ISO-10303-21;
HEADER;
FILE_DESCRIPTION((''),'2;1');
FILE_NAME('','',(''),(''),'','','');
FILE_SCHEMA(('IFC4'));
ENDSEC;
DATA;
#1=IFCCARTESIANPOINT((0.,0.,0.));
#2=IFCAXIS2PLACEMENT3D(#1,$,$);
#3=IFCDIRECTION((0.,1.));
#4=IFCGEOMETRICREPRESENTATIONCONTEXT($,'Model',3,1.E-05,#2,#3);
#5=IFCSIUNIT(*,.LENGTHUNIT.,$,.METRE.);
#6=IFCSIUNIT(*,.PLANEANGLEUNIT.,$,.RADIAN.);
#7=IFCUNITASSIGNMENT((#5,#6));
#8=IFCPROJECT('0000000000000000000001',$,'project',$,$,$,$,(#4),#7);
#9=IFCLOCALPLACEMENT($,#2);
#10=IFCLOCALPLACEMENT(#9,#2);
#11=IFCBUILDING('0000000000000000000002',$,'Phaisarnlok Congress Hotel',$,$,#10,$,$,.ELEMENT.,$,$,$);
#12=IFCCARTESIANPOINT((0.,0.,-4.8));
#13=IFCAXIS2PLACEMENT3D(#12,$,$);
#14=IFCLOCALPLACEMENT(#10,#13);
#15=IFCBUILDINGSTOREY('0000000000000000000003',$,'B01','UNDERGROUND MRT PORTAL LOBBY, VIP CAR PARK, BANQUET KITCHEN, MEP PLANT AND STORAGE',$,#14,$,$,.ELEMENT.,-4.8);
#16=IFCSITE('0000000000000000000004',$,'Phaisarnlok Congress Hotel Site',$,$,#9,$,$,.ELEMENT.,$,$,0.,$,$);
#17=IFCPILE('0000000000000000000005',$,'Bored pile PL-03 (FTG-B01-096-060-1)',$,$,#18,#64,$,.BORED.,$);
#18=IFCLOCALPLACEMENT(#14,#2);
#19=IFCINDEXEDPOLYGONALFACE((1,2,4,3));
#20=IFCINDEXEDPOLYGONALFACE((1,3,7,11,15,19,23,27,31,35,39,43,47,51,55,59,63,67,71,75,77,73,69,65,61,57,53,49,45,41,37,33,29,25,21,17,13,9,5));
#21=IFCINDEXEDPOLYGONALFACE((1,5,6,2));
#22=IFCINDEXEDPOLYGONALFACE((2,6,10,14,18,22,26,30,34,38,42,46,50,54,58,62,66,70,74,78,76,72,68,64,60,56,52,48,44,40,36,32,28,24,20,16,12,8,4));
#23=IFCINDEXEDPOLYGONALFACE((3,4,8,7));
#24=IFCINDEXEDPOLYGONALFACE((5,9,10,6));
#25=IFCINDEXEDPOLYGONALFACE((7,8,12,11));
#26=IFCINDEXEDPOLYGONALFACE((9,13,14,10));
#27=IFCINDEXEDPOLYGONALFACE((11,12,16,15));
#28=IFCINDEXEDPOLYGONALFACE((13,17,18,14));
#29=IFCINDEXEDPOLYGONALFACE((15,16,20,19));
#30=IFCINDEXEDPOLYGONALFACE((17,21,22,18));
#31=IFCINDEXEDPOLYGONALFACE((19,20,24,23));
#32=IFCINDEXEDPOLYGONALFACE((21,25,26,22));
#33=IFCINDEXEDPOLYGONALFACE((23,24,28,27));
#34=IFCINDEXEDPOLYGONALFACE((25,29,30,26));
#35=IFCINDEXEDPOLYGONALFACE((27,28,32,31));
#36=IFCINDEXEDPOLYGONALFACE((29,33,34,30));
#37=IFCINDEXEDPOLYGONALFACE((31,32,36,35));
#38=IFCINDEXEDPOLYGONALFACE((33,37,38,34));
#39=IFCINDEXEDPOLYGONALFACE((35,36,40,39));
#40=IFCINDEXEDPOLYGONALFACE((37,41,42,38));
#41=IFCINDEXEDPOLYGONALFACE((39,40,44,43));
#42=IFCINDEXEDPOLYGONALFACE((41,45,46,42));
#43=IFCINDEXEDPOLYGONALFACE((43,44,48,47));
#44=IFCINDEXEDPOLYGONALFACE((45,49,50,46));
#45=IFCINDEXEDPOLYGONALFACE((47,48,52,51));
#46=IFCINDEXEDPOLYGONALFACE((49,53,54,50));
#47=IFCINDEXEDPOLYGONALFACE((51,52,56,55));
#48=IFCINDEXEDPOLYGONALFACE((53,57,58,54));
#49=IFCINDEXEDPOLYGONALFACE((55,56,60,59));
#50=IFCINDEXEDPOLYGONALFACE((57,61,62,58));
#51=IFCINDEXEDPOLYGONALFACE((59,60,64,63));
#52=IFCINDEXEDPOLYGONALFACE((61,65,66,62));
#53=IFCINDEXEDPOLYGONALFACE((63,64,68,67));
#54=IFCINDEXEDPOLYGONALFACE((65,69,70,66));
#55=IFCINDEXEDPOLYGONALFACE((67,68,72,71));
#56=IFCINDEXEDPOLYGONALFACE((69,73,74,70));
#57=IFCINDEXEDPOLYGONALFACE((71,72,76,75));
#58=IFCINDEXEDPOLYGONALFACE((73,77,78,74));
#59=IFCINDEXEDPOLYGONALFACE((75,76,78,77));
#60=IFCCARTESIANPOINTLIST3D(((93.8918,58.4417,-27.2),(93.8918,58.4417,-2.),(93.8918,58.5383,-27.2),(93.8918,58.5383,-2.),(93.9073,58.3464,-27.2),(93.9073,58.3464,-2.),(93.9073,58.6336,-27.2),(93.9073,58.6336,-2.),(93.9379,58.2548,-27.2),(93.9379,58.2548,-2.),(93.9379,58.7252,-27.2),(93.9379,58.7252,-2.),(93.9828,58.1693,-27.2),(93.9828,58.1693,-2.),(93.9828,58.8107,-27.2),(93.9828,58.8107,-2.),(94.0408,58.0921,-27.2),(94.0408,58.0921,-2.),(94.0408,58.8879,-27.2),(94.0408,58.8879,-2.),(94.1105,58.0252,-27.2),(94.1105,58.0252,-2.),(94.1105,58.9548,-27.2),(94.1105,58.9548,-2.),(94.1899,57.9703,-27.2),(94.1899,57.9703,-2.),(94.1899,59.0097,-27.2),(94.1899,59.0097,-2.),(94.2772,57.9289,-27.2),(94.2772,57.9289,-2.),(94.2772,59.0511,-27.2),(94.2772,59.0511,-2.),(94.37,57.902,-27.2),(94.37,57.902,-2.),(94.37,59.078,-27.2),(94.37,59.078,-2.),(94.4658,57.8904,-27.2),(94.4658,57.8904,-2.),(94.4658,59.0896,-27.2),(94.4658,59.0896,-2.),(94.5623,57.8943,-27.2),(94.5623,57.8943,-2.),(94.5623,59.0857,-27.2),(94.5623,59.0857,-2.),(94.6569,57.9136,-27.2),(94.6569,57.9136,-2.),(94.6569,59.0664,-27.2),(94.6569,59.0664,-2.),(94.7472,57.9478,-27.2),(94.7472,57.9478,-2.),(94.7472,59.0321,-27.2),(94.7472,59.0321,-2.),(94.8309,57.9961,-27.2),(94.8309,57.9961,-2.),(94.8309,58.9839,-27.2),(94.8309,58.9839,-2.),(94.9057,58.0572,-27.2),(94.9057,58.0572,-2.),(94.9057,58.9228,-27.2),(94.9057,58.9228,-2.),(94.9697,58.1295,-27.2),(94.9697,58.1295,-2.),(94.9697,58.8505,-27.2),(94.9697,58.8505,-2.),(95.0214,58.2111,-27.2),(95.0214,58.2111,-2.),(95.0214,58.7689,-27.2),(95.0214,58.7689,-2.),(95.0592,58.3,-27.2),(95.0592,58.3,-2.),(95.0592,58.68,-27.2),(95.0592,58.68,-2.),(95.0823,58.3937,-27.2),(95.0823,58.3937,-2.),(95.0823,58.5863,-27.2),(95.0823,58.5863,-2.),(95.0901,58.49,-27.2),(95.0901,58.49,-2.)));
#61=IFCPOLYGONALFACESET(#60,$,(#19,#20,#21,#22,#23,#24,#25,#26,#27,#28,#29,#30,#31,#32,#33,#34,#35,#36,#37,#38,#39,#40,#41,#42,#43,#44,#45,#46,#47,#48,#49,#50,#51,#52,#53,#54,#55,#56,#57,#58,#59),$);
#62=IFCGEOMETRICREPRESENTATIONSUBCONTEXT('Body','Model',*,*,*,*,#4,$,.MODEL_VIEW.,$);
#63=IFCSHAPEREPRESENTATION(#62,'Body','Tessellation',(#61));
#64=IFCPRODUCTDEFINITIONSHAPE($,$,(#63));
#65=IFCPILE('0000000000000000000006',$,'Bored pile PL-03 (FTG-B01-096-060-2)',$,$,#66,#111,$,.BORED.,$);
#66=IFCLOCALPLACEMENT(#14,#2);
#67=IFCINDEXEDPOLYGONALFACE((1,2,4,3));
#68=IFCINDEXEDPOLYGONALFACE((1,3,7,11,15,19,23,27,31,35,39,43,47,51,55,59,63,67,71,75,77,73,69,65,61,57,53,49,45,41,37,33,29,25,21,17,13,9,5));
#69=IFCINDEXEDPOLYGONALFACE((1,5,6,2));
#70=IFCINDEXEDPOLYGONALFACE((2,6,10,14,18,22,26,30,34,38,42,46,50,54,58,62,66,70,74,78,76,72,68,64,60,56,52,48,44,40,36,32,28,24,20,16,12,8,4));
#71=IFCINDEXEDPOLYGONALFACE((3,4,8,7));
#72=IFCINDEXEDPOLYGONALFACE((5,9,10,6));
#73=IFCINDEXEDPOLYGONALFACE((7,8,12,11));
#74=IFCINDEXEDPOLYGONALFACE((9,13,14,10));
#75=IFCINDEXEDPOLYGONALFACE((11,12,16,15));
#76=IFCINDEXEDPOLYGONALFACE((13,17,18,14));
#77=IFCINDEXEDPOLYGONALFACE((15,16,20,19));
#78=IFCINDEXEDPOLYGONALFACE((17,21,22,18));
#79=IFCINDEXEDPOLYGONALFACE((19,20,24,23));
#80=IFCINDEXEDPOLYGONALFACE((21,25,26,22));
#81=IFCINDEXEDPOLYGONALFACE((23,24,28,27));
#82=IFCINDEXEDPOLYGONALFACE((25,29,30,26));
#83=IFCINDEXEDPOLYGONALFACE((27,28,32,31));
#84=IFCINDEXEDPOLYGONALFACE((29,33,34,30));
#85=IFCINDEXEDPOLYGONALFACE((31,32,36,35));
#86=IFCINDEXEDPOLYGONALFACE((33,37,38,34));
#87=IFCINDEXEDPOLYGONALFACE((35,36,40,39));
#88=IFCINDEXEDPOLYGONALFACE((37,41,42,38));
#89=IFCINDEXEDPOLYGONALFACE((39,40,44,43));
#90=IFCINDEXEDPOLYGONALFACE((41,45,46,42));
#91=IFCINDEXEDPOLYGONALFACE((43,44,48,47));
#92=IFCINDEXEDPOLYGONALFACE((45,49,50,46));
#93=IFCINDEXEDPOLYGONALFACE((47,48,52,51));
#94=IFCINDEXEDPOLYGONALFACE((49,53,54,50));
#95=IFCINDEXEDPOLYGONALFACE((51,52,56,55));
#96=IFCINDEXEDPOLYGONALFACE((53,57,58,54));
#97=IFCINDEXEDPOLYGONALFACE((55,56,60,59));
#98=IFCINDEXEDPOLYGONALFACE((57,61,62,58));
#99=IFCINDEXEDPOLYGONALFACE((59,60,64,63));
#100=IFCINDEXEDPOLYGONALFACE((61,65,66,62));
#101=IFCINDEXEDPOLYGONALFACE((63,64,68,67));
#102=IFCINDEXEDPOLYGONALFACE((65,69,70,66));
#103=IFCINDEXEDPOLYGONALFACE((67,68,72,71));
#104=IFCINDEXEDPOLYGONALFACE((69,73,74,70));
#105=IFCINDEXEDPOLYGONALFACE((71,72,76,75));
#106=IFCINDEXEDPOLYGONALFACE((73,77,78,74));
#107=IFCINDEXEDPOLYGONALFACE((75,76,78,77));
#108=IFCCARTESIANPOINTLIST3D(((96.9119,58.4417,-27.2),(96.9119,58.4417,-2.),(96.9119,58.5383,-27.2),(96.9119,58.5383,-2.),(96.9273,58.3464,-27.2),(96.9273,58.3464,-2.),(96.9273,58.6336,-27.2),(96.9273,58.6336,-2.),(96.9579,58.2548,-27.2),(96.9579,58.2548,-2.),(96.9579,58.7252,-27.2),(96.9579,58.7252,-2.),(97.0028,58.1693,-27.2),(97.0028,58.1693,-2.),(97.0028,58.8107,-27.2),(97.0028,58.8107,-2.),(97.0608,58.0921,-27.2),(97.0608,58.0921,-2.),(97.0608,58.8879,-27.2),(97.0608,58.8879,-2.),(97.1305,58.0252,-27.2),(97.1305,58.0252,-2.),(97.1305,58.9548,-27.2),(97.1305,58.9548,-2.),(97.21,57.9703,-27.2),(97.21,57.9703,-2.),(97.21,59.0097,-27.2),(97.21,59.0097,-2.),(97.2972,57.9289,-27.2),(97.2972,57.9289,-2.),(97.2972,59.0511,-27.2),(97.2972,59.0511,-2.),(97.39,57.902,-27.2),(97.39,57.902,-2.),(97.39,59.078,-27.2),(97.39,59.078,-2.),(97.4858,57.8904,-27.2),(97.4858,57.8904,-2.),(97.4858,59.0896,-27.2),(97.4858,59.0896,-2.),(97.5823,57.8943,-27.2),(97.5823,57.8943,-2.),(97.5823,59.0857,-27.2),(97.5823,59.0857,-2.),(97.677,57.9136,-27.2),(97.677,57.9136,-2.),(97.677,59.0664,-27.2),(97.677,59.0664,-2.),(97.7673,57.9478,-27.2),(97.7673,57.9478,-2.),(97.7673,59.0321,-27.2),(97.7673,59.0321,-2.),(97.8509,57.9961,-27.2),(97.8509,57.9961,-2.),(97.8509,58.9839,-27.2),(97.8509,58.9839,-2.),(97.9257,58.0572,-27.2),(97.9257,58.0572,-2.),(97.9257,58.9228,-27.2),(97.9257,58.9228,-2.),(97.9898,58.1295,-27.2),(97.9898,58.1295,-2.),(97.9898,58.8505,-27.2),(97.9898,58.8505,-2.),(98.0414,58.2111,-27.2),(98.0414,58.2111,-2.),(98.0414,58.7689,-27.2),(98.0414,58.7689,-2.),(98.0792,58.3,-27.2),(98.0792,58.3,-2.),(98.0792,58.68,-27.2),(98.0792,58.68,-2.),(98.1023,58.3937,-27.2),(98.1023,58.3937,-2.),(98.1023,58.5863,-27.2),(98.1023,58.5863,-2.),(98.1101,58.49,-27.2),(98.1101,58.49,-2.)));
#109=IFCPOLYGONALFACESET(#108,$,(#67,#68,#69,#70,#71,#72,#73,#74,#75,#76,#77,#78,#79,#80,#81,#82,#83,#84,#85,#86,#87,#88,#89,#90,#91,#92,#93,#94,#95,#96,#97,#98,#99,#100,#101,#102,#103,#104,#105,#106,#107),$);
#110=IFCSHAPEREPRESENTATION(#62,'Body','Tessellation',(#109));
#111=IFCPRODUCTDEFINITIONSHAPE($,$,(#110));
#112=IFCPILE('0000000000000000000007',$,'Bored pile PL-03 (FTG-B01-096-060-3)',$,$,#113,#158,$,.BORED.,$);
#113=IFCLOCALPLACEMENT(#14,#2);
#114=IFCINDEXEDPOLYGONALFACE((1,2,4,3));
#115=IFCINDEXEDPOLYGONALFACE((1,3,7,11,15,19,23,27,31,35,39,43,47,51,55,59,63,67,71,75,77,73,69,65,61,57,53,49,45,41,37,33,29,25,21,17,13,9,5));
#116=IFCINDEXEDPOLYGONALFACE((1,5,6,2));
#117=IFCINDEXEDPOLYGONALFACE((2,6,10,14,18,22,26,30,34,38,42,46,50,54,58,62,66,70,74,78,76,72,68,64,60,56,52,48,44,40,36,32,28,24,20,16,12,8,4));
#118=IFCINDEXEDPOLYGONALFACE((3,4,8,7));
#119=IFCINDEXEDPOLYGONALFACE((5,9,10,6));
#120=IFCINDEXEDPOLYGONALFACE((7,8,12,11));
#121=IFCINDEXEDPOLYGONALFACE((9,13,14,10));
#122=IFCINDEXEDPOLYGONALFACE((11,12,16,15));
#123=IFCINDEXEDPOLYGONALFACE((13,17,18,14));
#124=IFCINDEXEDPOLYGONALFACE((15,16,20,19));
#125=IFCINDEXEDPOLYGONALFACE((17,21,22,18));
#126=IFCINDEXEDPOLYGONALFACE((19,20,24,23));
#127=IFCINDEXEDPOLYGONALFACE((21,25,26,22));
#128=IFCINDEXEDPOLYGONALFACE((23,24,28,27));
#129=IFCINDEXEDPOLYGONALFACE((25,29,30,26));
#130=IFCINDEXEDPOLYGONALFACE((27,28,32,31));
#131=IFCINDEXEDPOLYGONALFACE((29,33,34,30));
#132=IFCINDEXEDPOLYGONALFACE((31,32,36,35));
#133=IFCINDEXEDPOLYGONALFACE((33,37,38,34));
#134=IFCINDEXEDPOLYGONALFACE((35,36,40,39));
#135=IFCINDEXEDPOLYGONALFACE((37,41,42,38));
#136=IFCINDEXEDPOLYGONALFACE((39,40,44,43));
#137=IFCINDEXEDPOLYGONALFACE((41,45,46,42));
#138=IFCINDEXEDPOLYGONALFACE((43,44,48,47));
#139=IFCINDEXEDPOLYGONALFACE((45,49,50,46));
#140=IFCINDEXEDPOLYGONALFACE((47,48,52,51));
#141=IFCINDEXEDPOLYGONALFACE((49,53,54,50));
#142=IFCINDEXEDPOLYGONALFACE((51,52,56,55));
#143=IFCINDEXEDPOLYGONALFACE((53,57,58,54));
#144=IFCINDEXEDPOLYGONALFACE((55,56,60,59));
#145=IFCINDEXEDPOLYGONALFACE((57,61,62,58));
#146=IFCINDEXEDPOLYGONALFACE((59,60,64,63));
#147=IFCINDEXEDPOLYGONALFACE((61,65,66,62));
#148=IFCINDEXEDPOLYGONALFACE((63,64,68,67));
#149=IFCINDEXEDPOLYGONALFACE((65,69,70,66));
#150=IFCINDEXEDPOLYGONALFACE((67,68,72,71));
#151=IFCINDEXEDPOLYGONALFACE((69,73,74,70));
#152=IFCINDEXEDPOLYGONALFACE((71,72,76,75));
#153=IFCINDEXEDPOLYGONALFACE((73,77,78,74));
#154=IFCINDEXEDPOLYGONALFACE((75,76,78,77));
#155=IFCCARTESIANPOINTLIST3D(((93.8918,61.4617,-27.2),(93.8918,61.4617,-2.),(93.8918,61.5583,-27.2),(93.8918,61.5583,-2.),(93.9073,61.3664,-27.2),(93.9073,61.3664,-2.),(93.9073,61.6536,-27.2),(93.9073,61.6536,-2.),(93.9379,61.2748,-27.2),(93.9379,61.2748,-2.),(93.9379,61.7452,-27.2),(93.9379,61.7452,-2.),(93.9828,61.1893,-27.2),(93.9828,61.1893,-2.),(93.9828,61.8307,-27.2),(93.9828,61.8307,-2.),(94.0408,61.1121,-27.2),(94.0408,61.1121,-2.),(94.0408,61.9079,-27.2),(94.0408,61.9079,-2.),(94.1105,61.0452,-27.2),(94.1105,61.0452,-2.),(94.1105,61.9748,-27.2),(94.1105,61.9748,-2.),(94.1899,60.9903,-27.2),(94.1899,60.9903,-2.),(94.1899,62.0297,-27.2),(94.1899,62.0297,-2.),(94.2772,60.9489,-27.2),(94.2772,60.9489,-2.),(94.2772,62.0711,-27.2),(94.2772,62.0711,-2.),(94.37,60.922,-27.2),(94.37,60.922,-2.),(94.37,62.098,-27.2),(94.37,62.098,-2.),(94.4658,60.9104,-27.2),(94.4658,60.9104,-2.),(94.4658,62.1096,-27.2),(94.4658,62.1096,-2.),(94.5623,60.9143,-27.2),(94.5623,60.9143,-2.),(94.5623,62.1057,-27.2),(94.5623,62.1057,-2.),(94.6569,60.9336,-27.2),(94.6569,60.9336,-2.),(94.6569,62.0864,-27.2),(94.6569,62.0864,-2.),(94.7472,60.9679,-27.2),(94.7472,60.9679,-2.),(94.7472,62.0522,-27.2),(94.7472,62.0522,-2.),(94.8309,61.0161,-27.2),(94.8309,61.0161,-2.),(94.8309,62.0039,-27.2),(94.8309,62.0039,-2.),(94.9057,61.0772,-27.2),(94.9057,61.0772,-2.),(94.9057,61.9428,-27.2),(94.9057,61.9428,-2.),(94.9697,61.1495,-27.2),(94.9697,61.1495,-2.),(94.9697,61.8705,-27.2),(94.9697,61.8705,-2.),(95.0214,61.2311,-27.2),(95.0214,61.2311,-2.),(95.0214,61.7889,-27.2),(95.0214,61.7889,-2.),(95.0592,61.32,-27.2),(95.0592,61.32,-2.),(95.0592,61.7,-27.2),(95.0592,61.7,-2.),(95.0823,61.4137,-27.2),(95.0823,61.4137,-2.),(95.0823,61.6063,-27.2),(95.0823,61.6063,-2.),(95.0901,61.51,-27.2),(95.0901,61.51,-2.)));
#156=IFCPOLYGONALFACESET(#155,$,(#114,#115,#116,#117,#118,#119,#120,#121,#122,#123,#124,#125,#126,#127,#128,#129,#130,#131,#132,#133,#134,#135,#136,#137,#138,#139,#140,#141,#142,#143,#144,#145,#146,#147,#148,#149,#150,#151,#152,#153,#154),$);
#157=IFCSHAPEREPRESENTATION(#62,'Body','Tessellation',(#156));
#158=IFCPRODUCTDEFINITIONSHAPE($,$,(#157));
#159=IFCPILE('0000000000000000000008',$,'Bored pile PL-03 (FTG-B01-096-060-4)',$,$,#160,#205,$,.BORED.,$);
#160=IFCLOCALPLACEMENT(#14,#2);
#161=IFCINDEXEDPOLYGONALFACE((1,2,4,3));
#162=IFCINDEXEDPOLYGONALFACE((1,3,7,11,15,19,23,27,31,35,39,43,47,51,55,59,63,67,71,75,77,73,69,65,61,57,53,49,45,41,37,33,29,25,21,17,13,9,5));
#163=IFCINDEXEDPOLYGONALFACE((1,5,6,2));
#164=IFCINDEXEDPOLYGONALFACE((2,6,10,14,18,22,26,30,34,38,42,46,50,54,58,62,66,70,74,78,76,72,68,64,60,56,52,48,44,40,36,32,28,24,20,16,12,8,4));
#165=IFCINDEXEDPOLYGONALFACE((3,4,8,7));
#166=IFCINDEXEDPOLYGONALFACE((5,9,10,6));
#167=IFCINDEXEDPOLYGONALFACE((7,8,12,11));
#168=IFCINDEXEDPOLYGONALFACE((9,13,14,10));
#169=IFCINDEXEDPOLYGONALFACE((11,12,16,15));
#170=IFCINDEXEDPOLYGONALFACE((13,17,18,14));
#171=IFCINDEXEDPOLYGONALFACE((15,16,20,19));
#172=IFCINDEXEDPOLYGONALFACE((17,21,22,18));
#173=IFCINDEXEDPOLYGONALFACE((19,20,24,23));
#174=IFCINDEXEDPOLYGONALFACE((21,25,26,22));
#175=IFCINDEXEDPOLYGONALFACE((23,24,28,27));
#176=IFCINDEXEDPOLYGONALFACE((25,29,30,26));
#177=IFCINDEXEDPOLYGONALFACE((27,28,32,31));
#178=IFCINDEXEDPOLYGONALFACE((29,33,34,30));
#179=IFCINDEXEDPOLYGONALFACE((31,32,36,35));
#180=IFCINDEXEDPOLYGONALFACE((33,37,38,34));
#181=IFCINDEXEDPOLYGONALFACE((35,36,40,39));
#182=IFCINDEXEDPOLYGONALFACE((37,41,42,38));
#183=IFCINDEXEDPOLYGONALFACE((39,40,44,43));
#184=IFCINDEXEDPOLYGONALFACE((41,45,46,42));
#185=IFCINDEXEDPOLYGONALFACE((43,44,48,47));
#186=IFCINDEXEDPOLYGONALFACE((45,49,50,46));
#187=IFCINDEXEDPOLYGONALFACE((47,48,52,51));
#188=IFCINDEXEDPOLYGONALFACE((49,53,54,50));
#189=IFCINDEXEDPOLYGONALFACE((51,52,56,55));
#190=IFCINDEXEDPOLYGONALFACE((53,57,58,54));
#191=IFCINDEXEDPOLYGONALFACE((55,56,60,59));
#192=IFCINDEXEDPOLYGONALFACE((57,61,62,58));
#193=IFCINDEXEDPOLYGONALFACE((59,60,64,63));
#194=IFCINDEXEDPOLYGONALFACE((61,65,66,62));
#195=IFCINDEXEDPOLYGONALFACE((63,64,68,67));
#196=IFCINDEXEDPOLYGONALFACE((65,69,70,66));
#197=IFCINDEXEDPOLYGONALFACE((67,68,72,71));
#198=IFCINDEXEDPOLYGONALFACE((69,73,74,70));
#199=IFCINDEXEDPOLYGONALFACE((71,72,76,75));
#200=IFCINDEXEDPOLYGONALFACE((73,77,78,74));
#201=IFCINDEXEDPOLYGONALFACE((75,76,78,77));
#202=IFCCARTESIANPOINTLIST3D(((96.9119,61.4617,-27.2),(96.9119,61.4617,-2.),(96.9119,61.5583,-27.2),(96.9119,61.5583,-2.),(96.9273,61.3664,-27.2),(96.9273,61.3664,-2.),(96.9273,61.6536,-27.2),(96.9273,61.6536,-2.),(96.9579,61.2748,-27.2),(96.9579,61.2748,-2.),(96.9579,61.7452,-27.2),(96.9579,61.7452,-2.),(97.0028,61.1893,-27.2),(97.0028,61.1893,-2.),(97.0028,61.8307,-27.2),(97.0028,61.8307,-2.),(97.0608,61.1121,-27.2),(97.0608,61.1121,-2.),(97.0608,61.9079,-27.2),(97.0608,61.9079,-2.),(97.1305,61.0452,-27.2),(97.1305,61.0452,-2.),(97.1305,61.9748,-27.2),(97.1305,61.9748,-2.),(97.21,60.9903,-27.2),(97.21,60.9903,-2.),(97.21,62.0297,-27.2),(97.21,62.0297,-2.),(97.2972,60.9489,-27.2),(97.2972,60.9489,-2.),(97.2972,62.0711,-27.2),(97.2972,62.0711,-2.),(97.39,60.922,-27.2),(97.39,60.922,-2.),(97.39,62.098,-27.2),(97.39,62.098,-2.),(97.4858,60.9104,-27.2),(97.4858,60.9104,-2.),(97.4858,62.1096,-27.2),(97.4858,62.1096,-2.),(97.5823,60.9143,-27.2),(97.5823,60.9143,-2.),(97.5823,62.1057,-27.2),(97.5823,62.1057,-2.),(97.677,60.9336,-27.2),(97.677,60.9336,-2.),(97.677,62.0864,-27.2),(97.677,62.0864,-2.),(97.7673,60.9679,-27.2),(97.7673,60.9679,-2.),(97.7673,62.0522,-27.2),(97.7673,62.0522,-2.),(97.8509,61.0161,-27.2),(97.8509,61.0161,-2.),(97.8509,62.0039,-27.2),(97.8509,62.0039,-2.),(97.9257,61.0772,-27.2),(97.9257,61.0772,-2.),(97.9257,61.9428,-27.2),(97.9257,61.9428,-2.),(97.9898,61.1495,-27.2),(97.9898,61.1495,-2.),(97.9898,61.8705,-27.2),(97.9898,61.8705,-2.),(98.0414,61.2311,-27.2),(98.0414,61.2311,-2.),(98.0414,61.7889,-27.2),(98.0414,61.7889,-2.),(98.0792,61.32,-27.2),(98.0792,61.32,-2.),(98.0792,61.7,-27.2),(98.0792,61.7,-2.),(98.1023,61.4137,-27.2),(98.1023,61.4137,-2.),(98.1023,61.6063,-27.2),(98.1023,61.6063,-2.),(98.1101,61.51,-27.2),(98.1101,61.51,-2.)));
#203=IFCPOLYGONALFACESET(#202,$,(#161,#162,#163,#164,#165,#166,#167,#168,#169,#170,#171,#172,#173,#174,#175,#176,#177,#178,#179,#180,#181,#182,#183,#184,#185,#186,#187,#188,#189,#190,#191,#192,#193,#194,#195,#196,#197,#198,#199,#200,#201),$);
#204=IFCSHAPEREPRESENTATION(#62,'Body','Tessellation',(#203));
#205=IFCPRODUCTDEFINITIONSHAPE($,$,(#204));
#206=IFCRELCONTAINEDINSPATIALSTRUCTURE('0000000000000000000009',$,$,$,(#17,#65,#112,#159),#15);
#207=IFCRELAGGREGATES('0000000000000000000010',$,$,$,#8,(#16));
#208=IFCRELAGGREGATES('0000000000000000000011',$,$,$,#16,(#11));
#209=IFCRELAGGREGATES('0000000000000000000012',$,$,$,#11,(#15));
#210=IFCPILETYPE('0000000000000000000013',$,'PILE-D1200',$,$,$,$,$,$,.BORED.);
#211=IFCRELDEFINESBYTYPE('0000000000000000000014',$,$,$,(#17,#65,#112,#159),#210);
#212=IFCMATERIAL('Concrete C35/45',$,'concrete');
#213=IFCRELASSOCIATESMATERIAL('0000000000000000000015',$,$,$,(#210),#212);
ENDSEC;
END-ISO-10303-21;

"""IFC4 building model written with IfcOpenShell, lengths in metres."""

from ifc_helpers import new_model, si_unit, direction, frame, origin, origin_2d, place, context, subcontext, project, spatial, circle, extrude, material, material_profile, profile_set, type_object, element, save


model = new_model("IFC4")

# Units and contexts
model_context = context("Model", 3, precision=1e-05, world=origin(), true_north=direction((0.0, 1.0)))
body_context = subcontext(model_context, "Body", "Model", "MODEL_VIEW")
ifc_project = project(units=[si_unit("LENGTHUNIT", "METRE"), si_unit("PLANEANGLEUNIT", "RADIAN")], contexts=[model_context])

# Site, building, storey
site_placement = place(None, origin())
site = spatial("IfcSite", under=ifc_project, at=site_placement, Name="Phaisarnlok Congress Hotel Site", CompositionType="ELEMENT", RefElevation=0.0)
building_placement = place(site_placement, origin())
building = spatial("IfcBuilding", under=site, at=building_placement, Name="Phaisarnlok Congress Hotel", CompositionType="ELEMENT")
storey_placement = place(building_placement, frame((0.0, 0.0, -4.8)))
storey = spatial("IfcBuildingStorey", under=building, at=storey_placement, Name="B01", Description="UNDERGROUND MRT PORTAL LOBBY, VIP CAR PARK, BANQUET KITCHEN, MEP PLANT AND STORAGE", CompositionType="ELEMENT", Elevation=-4.8)

# Piles
ifc_material_1 = material(Name="Concrete C35/45", Category="concrete")
ifc_material_profile_1 = material_profile(ifc_material_1, circle(Radius=0.6001, at=origin_2d()), Name="BORED PILE D1200")
ifc_profile_set_1 = profile_set([ifc_material_profile_1], Name="Concrete C35/45")
pile_type_1 = type_object("IfcPileType", Name="PILE-D1200", PredefinedType="BORED", material=ifc_profile_set_1)
for number, where, z_axis, x_axis, name in (
    (1, (94.49, 58.49, -2.0), (0.0, 0.0, -1.0), (1.0, 0.0, 0.0), "Bored pile PL-03 (FTG-B01-096-060-1)"),
    (2, (97.51, 58.49, -2.0), (0.0, 0.0, -1.0), (1.0, 0.0, 0.0), "Bored pile PL-03 (FTG-B01-096-060-2)"),
    (3, (94.49, 61.51, -2.0), (0.0, 0.0, -1.0), (1.0, 0.0, 0.0), "Bored pile PL-03 (FTG-B01-096-060-3)"),
    (4, (97.51, 61.51, -2.0), (0.0, 0.0, -1.0), (1.0, 0.0, 0.0), "Bored pile PL-03 (FTG-B01-096-060-4)"),
):
    element("IfcPile", number, at=place(storey_placement, frame(where, z_axis=z_axis, x_axis=x_axis)), inside=storey, type_object=pile_type_1, Name=name, PredefinedType="BORED", context=body_context, shape_type="SweptSolid", body=[
        extrude(circle(Radius=0.6001, at=origin_2d()), origin(), (0.0, 0.0, 1.0), 25.2),
    ])

save(model, "model.ifc")
